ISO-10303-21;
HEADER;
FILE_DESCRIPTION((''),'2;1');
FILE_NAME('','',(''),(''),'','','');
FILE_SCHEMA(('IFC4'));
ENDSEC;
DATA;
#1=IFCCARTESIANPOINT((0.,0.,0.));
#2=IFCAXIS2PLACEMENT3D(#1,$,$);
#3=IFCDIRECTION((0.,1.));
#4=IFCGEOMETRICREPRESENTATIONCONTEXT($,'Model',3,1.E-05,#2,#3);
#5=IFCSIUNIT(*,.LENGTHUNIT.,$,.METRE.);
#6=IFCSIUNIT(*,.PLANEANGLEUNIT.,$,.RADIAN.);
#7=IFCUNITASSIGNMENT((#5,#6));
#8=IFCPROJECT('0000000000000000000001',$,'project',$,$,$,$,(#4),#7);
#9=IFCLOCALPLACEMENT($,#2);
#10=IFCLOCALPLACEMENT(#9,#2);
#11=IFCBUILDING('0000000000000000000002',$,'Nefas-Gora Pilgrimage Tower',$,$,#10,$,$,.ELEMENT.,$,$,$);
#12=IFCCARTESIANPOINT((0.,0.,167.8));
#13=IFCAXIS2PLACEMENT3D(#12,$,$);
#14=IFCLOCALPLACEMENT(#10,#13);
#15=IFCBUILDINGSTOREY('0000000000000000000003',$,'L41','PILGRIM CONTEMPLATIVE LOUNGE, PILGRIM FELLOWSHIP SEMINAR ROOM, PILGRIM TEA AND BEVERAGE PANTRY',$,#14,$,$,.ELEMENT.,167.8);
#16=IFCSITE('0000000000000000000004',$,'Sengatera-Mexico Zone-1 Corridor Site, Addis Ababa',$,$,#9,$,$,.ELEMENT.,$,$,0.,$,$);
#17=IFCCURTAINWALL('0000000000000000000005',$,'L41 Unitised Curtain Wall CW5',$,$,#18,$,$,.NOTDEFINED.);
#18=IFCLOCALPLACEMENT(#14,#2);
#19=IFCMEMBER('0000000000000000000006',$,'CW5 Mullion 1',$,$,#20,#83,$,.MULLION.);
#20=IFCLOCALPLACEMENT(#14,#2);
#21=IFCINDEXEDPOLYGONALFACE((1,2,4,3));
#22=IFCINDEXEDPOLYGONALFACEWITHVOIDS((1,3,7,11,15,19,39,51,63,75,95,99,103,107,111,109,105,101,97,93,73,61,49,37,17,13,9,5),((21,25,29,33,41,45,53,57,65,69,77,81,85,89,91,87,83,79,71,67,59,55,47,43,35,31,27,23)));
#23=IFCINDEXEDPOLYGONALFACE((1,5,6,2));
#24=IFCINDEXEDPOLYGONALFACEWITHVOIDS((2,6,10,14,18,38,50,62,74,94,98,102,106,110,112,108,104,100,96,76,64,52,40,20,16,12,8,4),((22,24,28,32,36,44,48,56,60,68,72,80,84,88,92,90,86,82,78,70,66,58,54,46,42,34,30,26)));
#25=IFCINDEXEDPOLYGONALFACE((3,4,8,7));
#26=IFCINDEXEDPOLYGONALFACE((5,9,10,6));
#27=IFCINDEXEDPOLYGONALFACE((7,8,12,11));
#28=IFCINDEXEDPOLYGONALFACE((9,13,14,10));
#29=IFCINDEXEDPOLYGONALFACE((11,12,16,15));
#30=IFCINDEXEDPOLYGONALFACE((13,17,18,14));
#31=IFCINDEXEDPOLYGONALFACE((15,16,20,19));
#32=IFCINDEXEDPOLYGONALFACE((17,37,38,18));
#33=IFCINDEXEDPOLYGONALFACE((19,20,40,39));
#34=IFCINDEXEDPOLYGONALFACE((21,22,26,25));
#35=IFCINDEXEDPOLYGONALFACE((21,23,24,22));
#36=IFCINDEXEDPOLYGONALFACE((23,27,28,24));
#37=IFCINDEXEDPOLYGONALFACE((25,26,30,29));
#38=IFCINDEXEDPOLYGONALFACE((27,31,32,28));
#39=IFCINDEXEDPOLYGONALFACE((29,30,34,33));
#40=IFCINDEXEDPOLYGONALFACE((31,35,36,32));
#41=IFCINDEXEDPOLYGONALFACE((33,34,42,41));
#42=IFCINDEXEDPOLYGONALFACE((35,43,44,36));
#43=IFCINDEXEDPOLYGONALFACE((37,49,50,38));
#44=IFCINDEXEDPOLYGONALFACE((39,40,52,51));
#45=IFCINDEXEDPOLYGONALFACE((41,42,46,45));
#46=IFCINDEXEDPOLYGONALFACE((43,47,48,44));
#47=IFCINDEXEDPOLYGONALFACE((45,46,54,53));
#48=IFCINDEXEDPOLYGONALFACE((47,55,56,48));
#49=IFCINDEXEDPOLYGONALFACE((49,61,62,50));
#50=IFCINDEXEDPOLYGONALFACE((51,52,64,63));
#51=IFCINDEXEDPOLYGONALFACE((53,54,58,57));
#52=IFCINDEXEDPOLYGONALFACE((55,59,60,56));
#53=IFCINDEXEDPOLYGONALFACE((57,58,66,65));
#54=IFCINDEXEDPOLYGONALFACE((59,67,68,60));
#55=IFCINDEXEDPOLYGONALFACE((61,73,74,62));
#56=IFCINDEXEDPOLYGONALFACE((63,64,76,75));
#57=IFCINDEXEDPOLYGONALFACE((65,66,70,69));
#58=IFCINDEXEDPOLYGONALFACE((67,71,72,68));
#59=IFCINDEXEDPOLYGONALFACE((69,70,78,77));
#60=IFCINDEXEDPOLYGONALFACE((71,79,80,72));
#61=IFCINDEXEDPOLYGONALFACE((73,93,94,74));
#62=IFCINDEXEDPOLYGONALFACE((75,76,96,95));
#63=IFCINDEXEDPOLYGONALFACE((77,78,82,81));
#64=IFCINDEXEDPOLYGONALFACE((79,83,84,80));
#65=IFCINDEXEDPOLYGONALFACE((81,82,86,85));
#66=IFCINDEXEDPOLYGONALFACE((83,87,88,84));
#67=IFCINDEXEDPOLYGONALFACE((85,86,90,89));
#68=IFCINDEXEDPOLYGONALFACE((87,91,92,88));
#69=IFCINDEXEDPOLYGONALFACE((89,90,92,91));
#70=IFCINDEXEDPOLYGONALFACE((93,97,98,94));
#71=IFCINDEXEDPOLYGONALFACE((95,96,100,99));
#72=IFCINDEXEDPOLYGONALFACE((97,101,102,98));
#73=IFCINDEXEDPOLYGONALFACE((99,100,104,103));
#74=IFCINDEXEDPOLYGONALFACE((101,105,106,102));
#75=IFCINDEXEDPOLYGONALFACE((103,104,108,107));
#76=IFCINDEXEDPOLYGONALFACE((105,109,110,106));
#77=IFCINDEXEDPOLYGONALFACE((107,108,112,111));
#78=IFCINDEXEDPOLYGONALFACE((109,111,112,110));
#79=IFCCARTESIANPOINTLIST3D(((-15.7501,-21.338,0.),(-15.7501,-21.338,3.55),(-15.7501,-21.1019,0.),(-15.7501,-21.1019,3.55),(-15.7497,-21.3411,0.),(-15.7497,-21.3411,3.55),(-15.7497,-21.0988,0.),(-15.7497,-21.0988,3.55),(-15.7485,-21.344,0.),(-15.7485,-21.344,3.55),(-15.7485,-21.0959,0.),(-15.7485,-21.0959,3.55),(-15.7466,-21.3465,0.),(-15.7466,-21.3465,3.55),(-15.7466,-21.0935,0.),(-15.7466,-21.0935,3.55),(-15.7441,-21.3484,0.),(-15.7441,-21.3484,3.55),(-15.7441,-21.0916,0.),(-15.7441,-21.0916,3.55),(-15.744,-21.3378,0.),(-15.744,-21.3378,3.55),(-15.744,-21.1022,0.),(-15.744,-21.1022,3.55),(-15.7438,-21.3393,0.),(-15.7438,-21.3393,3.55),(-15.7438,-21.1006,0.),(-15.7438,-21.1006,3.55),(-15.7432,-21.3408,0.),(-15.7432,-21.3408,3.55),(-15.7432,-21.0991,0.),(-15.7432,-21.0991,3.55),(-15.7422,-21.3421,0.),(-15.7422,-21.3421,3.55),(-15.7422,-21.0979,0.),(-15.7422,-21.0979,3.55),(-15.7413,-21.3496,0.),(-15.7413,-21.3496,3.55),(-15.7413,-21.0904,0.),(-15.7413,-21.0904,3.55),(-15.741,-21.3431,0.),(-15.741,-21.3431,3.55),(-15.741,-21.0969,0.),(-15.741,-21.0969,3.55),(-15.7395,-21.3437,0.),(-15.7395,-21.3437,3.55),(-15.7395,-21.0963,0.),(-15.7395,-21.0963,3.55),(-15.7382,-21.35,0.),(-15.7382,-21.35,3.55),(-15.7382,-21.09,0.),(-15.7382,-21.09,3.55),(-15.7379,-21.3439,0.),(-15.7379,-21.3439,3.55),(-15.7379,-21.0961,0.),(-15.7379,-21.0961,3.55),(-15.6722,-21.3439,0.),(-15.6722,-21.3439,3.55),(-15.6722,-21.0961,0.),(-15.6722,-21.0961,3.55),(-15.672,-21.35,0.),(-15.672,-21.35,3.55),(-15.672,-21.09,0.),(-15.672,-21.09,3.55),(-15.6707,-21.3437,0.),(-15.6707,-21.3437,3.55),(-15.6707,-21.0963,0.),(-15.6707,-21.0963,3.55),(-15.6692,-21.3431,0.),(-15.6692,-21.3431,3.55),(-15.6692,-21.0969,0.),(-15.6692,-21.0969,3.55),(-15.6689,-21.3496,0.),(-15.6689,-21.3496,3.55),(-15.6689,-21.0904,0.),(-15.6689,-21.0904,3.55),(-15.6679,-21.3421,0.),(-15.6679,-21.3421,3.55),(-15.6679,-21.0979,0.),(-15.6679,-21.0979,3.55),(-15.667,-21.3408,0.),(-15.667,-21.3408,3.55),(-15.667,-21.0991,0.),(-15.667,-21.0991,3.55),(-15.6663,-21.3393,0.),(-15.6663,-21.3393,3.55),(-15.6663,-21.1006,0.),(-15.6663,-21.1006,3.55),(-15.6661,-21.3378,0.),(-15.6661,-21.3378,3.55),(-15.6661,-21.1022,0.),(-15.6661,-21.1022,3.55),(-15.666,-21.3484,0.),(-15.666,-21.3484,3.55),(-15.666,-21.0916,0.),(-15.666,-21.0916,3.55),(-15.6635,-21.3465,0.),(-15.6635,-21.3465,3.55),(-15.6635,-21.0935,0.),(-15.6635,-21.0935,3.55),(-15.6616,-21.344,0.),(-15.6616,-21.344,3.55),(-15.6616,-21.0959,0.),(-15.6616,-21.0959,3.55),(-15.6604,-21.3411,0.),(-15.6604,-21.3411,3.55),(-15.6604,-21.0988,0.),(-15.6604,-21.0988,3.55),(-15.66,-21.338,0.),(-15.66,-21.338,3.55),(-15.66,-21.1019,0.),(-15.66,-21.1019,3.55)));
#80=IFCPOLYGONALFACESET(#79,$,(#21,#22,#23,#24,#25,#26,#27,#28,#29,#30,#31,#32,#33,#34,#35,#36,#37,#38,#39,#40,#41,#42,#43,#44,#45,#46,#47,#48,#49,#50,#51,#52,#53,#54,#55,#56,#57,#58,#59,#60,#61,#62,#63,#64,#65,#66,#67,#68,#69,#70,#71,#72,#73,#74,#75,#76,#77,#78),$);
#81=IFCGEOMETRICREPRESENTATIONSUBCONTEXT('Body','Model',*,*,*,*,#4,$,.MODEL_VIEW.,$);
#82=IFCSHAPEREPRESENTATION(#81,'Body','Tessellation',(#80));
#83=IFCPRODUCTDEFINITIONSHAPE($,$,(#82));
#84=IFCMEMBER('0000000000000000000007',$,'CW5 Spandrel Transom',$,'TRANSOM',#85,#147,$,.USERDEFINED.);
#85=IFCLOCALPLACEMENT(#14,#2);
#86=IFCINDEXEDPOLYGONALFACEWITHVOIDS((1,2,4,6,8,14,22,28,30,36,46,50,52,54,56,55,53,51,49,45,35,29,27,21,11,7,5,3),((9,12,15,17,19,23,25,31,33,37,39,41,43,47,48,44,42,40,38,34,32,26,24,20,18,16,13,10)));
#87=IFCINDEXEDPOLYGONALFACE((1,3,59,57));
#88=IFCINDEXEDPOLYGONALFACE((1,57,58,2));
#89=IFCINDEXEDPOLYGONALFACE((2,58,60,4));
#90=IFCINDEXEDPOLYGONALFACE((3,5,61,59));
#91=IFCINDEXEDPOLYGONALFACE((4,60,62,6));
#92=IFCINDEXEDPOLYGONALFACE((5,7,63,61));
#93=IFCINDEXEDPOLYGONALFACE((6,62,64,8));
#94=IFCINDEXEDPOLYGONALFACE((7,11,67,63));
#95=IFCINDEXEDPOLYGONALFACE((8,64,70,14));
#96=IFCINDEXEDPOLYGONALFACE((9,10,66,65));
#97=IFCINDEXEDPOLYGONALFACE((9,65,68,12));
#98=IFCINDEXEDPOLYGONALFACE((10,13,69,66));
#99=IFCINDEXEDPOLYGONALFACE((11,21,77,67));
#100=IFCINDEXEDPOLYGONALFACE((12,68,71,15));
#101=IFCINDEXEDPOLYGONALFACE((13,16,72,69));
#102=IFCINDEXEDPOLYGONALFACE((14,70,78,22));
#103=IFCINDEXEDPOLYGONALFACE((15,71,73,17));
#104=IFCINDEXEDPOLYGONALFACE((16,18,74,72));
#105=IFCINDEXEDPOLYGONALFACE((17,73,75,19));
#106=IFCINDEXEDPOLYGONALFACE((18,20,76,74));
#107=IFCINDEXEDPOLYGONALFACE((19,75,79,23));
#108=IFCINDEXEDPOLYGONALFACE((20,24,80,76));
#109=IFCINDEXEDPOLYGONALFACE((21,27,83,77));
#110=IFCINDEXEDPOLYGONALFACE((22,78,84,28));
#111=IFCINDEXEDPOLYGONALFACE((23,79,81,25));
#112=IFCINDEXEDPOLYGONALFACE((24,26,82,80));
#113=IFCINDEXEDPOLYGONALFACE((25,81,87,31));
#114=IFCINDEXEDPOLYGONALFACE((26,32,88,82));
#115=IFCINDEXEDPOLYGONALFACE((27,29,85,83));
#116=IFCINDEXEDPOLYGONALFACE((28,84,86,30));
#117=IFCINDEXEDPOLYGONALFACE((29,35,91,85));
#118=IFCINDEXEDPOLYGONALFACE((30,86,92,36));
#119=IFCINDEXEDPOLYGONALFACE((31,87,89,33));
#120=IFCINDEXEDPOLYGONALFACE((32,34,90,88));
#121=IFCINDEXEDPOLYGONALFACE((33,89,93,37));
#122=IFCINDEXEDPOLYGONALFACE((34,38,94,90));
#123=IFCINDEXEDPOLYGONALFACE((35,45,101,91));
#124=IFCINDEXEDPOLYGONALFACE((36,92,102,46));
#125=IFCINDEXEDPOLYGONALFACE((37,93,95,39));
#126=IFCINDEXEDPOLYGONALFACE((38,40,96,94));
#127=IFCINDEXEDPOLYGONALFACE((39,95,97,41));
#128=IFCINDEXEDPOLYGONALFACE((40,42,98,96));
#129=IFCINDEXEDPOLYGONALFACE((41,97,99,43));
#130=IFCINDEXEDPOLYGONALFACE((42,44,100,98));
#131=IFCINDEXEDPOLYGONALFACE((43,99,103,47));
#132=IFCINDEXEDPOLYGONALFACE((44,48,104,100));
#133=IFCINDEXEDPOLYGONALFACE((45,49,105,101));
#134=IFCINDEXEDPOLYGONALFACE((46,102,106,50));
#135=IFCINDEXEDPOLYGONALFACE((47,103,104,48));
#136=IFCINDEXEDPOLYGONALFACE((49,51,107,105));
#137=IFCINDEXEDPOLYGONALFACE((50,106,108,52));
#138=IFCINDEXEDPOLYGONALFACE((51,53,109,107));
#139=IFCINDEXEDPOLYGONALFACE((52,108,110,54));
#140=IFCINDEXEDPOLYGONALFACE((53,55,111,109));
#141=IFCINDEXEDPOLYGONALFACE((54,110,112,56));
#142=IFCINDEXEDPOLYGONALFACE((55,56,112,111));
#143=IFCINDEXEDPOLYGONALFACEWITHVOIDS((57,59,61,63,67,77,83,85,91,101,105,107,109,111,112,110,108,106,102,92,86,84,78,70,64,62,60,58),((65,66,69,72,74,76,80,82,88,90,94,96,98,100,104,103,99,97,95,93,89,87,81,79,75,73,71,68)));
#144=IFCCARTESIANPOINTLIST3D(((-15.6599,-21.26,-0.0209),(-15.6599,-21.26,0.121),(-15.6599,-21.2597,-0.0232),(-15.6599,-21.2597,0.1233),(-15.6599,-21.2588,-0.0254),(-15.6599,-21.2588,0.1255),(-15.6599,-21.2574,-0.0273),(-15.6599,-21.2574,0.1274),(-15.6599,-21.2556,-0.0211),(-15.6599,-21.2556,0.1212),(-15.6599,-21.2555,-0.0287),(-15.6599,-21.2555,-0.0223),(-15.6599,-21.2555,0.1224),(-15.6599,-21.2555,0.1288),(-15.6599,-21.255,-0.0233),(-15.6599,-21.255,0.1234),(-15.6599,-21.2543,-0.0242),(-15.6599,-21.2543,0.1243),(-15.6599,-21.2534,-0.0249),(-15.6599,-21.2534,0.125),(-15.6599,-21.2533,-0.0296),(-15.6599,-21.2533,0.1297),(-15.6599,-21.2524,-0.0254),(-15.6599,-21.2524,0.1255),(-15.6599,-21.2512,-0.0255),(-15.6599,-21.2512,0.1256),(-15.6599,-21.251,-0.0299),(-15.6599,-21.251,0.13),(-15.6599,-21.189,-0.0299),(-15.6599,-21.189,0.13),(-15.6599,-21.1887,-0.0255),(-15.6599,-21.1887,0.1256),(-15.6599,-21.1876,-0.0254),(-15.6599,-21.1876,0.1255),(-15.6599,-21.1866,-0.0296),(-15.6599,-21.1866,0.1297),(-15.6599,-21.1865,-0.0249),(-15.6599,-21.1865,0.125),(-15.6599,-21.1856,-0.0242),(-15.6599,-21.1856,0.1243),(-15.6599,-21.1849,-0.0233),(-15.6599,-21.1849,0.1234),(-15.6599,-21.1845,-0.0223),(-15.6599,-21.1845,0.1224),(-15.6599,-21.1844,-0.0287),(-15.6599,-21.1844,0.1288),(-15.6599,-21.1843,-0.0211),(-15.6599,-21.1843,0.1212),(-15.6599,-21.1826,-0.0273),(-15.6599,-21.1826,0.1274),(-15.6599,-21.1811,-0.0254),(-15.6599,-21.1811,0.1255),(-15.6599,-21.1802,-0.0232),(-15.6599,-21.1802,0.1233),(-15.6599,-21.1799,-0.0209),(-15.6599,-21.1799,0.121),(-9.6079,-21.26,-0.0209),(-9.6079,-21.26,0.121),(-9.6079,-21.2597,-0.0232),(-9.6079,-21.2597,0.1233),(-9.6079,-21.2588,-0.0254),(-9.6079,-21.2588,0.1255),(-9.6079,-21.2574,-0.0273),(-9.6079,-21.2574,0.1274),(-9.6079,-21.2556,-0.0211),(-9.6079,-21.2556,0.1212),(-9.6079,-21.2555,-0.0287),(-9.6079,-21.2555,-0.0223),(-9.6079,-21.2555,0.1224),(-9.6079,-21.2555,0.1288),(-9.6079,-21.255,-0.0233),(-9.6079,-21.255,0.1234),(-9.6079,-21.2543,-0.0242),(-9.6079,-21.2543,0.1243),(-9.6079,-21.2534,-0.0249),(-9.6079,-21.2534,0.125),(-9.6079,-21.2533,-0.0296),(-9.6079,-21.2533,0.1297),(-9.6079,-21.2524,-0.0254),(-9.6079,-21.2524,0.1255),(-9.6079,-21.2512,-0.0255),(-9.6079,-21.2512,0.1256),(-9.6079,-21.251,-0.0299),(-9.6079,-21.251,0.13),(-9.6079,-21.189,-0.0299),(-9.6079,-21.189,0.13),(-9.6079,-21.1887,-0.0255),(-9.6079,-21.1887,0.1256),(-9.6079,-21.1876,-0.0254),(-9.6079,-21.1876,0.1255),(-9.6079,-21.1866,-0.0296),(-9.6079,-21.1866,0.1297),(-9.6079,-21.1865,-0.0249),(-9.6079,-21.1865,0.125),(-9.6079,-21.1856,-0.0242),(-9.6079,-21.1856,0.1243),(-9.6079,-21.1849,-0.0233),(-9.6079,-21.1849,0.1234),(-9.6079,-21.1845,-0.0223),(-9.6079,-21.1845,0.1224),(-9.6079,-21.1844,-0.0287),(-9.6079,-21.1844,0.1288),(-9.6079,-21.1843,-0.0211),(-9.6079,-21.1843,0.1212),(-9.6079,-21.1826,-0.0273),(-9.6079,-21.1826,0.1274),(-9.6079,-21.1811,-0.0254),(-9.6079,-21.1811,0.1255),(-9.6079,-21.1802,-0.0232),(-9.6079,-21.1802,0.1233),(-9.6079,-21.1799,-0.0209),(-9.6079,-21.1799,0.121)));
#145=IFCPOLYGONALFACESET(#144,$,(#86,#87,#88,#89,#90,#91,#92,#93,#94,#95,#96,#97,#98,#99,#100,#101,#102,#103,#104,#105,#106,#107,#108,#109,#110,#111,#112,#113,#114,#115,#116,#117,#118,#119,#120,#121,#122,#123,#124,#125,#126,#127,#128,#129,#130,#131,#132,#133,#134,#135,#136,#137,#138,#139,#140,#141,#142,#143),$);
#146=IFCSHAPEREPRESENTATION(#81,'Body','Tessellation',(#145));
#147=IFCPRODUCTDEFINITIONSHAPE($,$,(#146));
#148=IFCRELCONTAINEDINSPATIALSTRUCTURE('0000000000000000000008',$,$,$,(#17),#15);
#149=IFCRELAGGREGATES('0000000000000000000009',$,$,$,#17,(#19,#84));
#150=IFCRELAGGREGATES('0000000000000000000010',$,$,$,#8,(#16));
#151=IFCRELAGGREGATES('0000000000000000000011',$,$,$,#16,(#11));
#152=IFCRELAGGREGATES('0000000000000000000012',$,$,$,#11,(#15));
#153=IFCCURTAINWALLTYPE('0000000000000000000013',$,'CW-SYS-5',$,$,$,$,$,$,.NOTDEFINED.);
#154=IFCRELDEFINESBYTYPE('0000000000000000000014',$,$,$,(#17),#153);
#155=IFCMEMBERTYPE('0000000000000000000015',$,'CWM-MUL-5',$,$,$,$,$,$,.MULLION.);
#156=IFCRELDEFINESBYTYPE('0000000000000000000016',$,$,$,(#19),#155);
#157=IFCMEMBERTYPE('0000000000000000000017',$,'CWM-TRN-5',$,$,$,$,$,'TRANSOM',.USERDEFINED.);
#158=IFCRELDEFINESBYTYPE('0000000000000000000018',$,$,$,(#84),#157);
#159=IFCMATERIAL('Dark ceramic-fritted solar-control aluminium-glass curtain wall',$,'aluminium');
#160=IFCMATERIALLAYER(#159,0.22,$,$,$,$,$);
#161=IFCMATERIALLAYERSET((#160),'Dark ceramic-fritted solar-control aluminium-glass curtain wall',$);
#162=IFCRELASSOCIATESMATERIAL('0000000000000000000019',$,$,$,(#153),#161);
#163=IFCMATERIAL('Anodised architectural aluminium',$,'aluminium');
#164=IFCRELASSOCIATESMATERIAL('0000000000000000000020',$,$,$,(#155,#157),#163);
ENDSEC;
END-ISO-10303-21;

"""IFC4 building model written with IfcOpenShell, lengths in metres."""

from ifc_helpers import new_model, si_unit, direction, frame, origin, origin_2d, place, context, subcontext, project, spatial, hollow_rectangle, extrude, source, transform, mapped, material, layer, layer_set, material_profile, profile_set, type_object, element, aggregate, save


model = new_model("IFC4")

# Units and contexts
model_context = context("Model", 3, precision=1e-05, world=origin(), true_north=direction((0.0, 1.0)))
body_context = subcontext(model_context, "Body", "Model", "MODEL_VIEW")
ifc_project = project(units=[si_unit("LENGTHUNIT", "METRE"), si_unit("PLANEANGLEUNIT", "RADIAN")], contexts=[model_context])

# Site, building, storey
site_placement = place(None, origin())
site = spatial("IfcSite", under=ifc_project, at=site_placement, Name="Sengatera-Mexico Zone-1 Corridor Site, Addis Ababa", CompositionType="ELEMENT", RefElevation=0.0)
building_placement = place(site_placement, origin())
building = spatial("IfcBuilding", under=site, at=building_placement, Name="Nefas-Gora Pilgrimage Tower", CompositionType="ELEMENT")
storey_placement = place(building_placement, frame((0.0, 0.0, 167.8)))
storey = spatial("IfcBuildingStorey", under=building, at=storey_placement, Name="L41", Description="PILGRIM CONTEMPLATIVE LOUNGE, PILGRIM FELLOWSHIP SEMINAR ROOM, PILGRIM TEA AND BEVERAGE PANTRY", CompositionType="ELEMENT", Elevation=167.8)

# Curtain wall, members
ifc_material_1 = material(Name="Dark ceramic-fritted solar-control aluminium-glass curtain wall", Category="aluminium")
ifc_layer_1 = layer(ifc_material_1, 0.22)
ifc_layer_set_1 = layer_set([ifc_layer_1], Name="Dark ceramic-fritted solar-control aluminium-glass curtain wall")
curtain_wall_type_1 = type_object("IfcCurtainWallType", Name="CW-SYS-5", PredefinedType="NOTDEFINED", material=ifc_layer_set_1)
curtain_wall_1_placement = place(storey_placement, origin())
curtain_wall_1 = element("IfcCurtainWall", 1, at=curtain_wall_1_placement, inside=storey, type_object=curtain_wall_type_1, Name="L41 Unitised Curtain Wall CW5", PredefinedType="NOTDEFINED")
ifc_material_2 = material(Name="Anodised architectural aluminium", Category="aluminium")
ifc_material_profile_1 = material_profile(ifc_material_2, hollow_rectangle(XDim=0.0901, YDim=0.26, WallThickness=0.0061, InnerFilletRadius=0.0061, OuterFilletRadius=0.012, at=origin_2d()), Name="ALU MULLION 90x260")
ifc_profile_set_1 = profile_set([ifc_material_profile_1], Name="Anodised architectural aluminium")
member_type_1 = type_object("IfcMemberType", Name="CWM-MUL-5", PredefinedType="MULLION", material=ifc_profile_set_1)
shared_shape_1 = source(origin(), body_context, "Body", "SweptSolid", [
    extrude(hollow_rectangle(XDim=0.0901, YDim=0.26, WallThickness=0.0061, InnerFilletRadius=0.0061, OuterFilletRadius=0.012, at=origin_2d()), origin(), (0.0, 0.0, 1.0), 3.55),
])
member_1_placement = place(storey_placement, frame((-15.7051, -21.22, 0.0), z_axis=(0.0, 0.0, 1.0), x_axis=(1.0, 0.0, 0.0)))
member_1 = element("IfcMember", 2, at=member_1_placement, type_object=member_type_1, Name="CW5 Mullion 1", PredefinedType="MULLION", context=body_context, shape_type="MappedRepresentation", body=[
    mapped(shared_shape_1, transform((0.0, 0.0, 0.0), x_axis=(1.0, 0.0, 0.0), y_axis=(0.0, 1.0, 0.0), z_axis=(0.0, 0.0, 1.0), scale=1.0)),
])
ifc_material_profile_2 = material_profile(ifc_material_2, hollow_rectangle(XDim=0.0801, YDim=0.1599, WallThickness=0.0044, InnerFilletRadius=0.0044, OuterFilletRadius=0.009, at=origin_2d()), Name="ALU TRANSOM 80x160")
ifc_profile_set_2 = profile_set([ifc_material_profile_2], Name="Anodised architectural aluminium")
member_type_2 = type_object("IfcMemberType", Name="CWM-TRN-5", ElementType="TRANSOM", PredefinedType="USERDEFINED", material=ifc_profile_set_2)
shared_shape_2 = source(origin(), body_context, "Body", "SweptSolid", [
    extrude(hollow_rectangle(XDim=0.0801, YDim=0.1599, WallThickness=0.0044, InnerFilletRadius=0.0044, OuterFilletRadius=0.009, at=origin_2d()), origin(), (0.0, 0.0, 1.0), 6.052),
])
member_2_placement = place(storey_placement, frame((-15.6599, -21.22, 0.05), z_axis=(1.0, 0.0, 0.0), x_axis=(0.0, 1.0, 0.0)))
member_2 = element("IfcMember", 3, at=member_2_placement, type_object=member_type_2, Name="CW5 Spandrel Transom", ObjectType="TRANSOM", PredefinedType="USERDEFINED", context=body_context, shape_type="MappedRepresentation", body=[
    mapped(shared_shape_2, transform((0.0, 0.0, 0.0), x_axis=(1.0, 0.0, 0.0), y_axis=(0.0, 1.0, 0.0), z_axis=(0.0, 0.0, 1.0), scale=1.0)),
])

aggregate(curtain_wall_1, [member_1, member_2])

save(model, "model.ifc")
